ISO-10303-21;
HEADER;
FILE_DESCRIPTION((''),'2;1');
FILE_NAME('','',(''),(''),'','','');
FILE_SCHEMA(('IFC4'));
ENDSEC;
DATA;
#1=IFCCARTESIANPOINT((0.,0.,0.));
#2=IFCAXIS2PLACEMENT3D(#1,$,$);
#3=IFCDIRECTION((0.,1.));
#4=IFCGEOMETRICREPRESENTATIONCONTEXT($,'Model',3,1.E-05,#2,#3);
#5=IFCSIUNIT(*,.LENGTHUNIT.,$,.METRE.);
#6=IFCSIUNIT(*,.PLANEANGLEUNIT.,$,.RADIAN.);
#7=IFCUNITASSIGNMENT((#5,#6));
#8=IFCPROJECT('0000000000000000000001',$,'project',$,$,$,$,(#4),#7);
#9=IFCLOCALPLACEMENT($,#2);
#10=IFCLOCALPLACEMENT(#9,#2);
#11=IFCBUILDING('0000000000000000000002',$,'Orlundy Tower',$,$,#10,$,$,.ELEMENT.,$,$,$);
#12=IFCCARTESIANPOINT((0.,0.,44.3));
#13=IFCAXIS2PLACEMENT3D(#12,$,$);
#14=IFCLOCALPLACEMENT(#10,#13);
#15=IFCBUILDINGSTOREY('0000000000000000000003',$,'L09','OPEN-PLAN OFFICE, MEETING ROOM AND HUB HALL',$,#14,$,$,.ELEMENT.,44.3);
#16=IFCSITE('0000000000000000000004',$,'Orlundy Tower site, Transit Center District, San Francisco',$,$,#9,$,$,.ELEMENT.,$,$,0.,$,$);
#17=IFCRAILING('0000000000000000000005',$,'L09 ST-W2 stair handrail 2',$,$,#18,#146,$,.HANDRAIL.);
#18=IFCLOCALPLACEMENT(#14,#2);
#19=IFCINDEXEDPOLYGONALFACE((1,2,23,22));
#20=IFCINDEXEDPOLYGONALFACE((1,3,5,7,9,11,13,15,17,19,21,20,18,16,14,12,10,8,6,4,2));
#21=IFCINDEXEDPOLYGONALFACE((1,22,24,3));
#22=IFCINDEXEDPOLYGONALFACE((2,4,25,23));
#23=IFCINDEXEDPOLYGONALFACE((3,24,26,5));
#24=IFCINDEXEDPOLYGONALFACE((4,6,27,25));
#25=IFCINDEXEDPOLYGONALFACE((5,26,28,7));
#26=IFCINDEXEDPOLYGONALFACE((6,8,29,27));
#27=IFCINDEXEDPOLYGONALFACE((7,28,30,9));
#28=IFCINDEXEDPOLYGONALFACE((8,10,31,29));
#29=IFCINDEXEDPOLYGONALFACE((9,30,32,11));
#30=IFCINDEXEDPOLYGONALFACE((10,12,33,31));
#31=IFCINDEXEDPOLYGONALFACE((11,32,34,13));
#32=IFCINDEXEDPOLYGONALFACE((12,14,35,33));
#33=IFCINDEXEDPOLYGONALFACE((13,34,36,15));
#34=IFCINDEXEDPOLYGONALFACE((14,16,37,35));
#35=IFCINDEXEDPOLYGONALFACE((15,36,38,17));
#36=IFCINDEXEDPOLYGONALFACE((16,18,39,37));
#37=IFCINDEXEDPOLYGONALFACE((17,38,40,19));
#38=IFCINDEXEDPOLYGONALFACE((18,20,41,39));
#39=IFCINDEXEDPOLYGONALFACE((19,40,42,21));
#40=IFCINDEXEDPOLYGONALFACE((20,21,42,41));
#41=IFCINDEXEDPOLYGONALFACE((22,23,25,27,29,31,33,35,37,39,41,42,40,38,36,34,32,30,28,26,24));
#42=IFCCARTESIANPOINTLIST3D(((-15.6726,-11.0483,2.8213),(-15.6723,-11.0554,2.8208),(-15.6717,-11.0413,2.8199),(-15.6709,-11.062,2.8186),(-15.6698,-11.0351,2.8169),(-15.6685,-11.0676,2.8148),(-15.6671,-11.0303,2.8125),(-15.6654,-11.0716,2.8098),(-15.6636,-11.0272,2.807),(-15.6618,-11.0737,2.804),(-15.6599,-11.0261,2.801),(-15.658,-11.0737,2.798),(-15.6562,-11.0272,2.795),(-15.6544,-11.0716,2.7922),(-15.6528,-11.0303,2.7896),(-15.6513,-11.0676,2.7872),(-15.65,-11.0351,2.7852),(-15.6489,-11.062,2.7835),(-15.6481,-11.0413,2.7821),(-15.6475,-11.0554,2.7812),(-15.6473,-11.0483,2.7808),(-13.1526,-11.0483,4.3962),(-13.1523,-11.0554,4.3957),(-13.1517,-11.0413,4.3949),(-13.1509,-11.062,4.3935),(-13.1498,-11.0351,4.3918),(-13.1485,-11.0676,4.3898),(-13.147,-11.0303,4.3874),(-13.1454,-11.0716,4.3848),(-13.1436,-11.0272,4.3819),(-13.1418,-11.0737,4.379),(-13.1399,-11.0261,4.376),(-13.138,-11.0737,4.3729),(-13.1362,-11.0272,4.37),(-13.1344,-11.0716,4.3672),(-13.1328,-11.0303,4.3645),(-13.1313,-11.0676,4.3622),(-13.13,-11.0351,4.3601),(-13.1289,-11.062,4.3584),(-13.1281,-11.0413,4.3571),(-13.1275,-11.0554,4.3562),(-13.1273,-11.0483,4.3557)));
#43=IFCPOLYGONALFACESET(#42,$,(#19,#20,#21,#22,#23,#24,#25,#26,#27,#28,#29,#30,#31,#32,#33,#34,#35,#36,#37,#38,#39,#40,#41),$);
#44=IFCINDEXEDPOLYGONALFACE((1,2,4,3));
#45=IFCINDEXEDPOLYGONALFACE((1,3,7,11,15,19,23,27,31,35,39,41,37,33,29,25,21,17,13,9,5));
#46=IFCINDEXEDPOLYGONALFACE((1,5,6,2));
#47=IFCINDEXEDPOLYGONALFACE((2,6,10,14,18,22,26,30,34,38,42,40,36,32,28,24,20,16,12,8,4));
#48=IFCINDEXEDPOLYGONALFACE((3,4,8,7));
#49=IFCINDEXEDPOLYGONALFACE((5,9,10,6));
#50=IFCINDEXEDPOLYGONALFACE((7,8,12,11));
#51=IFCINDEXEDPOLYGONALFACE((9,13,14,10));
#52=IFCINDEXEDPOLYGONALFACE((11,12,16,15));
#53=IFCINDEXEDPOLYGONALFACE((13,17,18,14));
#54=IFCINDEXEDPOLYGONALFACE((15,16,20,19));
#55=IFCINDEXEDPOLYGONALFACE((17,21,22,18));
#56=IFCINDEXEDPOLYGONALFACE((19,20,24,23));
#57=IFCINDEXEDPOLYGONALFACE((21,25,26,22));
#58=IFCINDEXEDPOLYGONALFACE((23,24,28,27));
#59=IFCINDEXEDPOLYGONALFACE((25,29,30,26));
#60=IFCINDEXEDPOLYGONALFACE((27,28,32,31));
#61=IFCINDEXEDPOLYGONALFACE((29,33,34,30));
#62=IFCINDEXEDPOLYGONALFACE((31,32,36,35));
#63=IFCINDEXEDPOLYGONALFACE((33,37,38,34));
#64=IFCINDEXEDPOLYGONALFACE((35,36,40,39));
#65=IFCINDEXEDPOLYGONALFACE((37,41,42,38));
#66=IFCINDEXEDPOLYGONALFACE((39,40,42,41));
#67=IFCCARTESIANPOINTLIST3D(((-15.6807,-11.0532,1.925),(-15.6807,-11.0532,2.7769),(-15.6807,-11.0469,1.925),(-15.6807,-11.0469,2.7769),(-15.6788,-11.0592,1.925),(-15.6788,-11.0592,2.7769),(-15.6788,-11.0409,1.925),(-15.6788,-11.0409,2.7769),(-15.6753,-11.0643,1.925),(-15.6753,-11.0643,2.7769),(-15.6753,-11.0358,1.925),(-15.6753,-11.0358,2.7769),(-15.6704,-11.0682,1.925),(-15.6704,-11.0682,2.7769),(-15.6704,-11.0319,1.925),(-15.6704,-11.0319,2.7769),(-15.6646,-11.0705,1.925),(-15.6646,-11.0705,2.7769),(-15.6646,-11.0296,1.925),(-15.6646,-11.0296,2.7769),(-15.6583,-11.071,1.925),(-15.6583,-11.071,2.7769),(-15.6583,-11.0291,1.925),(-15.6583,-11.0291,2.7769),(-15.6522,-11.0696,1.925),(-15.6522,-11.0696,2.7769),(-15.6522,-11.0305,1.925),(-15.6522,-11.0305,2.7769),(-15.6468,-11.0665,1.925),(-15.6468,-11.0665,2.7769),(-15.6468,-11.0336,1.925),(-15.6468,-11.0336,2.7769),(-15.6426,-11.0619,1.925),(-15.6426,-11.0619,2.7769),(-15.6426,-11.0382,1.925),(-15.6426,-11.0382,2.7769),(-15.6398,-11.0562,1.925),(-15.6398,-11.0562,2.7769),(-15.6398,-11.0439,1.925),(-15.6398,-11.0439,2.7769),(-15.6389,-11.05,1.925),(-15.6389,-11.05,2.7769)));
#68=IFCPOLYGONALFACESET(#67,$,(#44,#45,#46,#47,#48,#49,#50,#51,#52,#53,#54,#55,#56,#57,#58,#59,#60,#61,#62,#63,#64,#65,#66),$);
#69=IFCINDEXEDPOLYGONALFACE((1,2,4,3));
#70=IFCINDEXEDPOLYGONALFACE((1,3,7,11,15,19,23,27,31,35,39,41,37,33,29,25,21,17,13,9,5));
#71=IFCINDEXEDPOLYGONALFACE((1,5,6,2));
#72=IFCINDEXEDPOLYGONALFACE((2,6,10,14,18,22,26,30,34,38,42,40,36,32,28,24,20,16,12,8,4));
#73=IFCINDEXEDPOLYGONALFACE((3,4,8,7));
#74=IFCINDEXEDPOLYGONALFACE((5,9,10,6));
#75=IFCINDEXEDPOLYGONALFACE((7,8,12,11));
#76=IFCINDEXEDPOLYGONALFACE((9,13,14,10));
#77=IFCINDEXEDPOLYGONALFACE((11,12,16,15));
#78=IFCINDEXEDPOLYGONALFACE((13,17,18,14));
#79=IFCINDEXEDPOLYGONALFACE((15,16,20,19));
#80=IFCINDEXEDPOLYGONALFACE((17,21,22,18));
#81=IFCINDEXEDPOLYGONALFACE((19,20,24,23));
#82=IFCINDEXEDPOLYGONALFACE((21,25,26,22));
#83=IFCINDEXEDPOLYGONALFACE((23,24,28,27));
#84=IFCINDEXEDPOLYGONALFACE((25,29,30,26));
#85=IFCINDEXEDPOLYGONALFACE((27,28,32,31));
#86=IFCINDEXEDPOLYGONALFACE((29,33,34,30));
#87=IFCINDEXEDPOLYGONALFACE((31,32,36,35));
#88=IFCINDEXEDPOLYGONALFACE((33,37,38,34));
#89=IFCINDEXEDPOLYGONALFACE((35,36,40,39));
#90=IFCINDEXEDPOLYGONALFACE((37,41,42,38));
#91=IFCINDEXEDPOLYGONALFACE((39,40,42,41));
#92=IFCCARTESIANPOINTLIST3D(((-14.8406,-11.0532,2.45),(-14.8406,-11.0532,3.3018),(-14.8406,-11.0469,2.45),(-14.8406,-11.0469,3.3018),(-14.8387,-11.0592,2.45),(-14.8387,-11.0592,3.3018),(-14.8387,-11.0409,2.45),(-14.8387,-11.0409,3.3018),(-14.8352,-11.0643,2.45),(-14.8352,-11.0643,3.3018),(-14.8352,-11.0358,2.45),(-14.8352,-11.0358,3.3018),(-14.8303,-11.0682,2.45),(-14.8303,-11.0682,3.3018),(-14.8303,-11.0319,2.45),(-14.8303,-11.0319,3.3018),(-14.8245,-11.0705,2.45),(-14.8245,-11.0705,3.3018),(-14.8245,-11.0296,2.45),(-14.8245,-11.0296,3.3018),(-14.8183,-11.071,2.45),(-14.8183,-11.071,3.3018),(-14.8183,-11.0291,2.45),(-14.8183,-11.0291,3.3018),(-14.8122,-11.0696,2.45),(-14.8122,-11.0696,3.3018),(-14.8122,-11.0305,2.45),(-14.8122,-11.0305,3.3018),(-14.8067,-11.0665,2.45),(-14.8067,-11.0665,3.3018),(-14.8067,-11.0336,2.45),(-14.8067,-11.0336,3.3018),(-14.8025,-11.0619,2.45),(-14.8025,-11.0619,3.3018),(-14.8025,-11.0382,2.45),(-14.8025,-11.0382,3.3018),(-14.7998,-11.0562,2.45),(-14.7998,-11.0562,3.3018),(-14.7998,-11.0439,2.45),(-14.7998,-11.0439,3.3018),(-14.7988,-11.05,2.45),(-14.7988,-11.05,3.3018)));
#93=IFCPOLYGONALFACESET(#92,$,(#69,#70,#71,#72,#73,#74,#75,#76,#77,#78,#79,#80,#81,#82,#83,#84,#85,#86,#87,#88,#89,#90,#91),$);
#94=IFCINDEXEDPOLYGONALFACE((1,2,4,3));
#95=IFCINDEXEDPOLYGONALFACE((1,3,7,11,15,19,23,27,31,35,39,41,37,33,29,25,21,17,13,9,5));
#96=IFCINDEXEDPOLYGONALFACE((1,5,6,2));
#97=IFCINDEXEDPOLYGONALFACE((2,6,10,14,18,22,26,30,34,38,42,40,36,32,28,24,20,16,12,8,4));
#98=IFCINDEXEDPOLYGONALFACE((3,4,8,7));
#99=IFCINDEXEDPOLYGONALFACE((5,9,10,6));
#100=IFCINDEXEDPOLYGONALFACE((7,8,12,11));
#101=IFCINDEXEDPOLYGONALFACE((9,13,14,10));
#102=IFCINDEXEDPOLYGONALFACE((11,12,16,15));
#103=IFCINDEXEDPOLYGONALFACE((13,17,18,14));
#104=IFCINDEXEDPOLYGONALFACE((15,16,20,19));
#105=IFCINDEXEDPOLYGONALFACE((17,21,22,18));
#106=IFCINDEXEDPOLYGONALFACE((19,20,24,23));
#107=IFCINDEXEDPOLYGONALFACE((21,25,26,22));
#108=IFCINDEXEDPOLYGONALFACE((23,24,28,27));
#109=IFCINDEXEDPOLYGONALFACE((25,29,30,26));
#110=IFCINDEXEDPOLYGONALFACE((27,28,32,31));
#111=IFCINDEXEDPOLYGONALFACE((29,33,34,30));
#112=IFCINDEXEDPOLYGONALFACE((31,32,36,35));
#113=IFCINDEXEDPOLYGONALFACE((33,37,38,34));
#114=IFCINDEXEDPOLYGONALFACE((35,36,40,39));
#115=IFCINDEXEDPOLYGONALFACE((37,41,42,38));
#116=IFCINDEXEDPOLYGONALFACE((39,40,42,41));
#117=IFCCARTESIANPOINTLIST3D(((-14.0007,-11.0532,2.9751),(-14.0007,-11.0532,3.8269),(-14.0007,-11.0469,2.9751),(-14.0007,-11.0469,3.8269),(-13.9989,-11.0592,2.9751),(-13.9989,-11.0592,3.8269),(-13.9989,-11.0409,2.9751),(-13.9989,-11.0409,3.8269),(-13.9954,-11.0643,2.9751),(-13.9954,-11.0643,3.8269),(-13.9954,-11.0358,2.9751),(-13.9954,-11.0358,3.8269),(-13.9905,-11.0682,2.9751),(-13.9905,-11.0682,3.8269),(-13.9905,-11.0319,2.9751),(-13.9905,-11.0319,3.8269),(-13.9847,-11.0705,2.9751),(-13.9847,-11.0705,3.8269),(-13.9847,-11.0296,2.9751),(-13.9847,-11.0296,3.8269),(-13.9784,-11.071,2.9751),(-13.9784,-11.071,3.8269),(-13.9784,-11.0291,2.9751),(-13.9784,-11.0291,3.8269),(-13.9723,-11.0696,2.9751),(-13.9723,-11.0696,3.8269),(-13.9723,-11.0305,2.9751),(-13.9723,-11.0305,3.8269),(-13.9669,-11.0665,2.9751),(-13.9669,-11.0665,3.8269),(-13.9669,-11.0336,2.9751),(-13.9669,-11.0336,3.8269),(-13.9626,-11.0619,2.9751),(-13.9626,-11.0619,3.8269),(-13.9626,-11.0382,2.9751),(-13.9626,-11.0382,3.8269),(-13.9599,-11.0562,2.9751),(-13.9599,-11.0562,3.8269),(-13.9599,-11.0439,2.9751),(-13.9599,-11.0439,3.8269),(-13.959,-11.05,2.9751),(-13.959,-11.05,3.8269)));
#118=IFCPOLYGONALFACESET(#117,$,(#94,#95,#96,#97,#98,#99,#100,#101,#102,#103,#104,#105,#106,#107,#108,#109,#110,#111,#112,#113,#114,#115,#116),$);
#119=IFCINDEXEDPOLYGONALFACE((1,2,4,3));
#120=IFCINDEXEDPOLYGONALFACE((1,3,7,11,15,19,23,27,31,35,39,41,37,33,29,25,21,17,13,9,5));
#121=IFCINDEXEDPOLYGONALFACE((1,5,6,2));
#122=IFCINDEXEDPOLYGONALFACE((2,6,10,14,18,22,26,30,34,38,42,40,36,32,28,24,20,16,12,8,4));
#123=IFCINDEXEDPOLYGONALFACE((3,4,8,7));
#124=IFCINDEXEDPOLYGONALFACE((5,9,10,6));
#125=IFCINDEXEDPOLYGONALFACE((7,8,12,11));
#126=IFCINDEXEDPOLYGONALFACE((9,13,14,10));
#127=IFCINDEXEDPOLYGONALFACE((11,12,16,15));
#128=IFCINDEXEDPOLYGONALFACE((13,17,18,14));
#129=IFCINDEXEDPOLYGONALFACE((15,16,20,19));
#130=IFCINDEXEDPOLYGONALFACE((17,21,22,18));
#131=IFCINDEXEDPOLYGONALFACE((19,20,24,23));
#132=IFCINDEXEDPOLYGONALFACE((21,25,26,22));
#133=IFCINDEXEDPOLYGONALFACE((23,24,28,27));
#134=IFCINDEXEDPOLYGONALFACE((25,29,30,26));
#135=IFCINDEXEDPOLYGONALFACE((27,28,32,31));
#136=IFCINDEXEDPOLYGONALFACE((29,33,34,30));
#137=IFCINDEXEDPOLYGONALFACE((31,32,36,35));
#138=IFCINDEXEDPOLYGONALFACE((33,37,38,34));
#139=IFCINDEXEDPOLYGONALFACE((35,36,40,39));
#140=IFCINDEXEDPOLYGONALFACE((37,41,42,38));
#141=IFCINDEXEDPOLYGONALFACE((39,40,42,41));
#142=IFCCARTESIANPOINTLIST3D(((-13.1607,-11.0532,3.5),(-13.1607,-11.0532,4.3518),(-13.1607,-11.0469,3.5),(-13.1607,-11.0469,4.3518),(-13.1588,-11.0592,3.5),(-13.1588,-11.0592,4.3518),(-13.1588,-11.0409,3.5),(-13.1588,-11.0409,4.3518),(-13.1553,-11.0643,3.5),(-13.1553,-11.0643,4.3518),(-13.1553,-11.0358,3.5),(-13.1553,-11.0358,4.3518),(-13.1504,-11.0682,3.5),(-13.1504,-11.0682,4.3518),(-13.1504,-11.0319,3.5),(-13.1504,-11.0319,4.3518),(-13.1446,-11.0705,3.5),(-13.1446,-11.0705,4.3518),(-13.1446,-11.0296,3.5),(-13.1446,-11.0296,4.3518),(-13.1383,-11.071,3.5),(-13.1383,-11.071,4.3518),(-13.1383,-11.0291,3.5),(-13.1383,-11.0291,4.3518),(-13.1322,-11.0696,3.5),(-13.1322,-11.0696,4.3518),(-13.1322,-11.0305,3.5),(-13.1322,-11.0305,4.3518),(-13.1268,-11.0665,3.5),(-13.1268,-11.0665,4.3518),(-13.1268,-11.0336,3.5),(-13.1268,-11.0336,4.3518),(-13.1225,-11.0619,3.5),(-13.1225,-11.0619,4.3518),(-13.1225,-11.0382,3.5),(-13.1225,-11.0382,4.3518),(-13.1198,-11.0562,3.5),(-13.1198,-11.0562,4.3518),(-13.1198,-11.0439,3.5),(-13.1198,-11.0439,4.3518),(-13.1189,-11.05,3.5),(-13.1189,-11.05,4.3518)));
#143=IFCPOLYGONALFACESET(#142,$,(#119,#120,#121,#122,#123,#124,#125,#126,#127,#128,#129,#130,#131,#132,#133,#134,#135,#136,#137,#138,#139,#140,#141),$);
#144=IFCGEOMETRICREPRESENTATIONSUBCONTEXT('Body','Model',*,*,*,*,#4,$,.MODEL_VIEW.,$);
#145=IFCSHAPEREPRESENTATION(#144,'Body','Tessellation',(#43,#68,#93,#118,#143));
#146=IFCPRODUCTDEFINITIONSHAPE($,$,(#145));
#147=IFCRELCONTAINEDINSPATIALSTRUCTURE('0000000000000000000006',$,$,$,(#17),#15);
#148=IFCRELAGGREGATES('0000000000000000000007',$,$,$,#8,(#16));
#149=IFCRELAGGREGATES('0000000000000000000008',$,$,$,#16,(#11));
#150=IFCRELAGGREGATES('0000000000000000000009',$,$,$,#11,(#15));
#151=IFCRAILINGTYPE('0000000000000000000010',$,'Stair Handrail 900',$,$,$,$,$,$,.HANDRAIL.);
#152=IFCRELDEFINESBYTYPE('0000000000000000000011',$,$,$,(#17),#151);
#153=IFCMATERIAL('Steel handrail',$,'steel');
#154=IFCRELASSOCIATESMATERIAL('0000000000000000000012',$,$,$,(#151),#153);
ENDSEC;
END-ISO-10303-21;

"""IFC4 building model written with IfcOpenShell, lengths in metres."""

from ifc_helpers import new_model, si_unit, direction, frame, origin, origin_2d, place, context, subcontext, project, spatial, circle, extrude, material, type_object, element, save


model = new_model("IFC4")

# Units and contexts
model_context = context("Model", 3, precision=1e-05, world=origin(), true_north=direction((0.0, 1.0)))
body_context = subcontext(model_context, "Body", "Model", "MODEL_VIEW")
ifc_project = project(units=[si_unit("LENGTHUNIT", "METRE"), si_unit("PLANEANGLEUNIT", "RADIAN")], contexts=[model_context])

# Site, building, storey
site_placement = place(None, origin())
site = spatial("IfcSite", under=ifc_project, at=site_placement, Name="Orlundy Tower site, Transit Center District, San Francisco", CompositionType="ELEMENT", RefElevation=0.0)
building_placement = place(site_placement, origin())
building = spatial("IfcBuilding", under=site, at=building_placement, Name="Orlundy Tower", CompositionType="ELEMENT")
storey_placement = place(building_placement, frame((0.0, 0.0, 44.3)))
storey = spatial("IfcBuildingStorey", under=building, at=storey_placement, Name="L09", Description="OPEN-PLAN OFFICE, MEETING ROOM AND HUB HALL", CompositionType="ELEMENT", Elevation=44.3)

# Railing
ifc_material_1 = material(Name="Steel handrail", Category="steel")
railing_type_1 = type_object("IfcRailingType", Name="Stair Handrail 900", PredefinedType="HANDRAIL", material=ifc_material_1)
railing_1_placement = place(storey_placement, frame((-15.6599, -11.05, 1.925)))
element("IfcRailing", 1, at=railing_1_placement, inside=storey, type_object=railing_type_1, Name="L09 ST-W2 stair handrail 2", PredefinedType="HANDRAIL", context=body_context, shape_type="SweptSolid", body=[
    extrude(circle(Radius=0.0239, at=origin_2d()), frame((0.0, 0.0, 0.876), z_axis=(0.848008, 0.0, 0.529984), x_axis=(0.0, 1.0, 0.0)), (0.0, 0.0, 1.0), 2.9717),
    extrude(circle(Radius=0.021, at=origin_2d()), origin(), (0.0, 0.0, 1.0), 0.8518),
    extrude(circle(Radius=0.021, at=origin_2d()), frame((0.8401, 0.0, 0.5249)), (0.0, 0.0, 1.0), 0.8518),
    extrude(circle(Radius=0.021, at=origin_2d()), frame((1.6799, 0.0, 1.05)), (0.0, 0.0, 1.0), 0.8518),
    extrude(circle(Radius=0.021, at=origin_2d()), frame((2.52, 0.0, 1.575)), (0.0, 0.0, 1.0), 0.8518),
])

save(model, "model.ifc")
